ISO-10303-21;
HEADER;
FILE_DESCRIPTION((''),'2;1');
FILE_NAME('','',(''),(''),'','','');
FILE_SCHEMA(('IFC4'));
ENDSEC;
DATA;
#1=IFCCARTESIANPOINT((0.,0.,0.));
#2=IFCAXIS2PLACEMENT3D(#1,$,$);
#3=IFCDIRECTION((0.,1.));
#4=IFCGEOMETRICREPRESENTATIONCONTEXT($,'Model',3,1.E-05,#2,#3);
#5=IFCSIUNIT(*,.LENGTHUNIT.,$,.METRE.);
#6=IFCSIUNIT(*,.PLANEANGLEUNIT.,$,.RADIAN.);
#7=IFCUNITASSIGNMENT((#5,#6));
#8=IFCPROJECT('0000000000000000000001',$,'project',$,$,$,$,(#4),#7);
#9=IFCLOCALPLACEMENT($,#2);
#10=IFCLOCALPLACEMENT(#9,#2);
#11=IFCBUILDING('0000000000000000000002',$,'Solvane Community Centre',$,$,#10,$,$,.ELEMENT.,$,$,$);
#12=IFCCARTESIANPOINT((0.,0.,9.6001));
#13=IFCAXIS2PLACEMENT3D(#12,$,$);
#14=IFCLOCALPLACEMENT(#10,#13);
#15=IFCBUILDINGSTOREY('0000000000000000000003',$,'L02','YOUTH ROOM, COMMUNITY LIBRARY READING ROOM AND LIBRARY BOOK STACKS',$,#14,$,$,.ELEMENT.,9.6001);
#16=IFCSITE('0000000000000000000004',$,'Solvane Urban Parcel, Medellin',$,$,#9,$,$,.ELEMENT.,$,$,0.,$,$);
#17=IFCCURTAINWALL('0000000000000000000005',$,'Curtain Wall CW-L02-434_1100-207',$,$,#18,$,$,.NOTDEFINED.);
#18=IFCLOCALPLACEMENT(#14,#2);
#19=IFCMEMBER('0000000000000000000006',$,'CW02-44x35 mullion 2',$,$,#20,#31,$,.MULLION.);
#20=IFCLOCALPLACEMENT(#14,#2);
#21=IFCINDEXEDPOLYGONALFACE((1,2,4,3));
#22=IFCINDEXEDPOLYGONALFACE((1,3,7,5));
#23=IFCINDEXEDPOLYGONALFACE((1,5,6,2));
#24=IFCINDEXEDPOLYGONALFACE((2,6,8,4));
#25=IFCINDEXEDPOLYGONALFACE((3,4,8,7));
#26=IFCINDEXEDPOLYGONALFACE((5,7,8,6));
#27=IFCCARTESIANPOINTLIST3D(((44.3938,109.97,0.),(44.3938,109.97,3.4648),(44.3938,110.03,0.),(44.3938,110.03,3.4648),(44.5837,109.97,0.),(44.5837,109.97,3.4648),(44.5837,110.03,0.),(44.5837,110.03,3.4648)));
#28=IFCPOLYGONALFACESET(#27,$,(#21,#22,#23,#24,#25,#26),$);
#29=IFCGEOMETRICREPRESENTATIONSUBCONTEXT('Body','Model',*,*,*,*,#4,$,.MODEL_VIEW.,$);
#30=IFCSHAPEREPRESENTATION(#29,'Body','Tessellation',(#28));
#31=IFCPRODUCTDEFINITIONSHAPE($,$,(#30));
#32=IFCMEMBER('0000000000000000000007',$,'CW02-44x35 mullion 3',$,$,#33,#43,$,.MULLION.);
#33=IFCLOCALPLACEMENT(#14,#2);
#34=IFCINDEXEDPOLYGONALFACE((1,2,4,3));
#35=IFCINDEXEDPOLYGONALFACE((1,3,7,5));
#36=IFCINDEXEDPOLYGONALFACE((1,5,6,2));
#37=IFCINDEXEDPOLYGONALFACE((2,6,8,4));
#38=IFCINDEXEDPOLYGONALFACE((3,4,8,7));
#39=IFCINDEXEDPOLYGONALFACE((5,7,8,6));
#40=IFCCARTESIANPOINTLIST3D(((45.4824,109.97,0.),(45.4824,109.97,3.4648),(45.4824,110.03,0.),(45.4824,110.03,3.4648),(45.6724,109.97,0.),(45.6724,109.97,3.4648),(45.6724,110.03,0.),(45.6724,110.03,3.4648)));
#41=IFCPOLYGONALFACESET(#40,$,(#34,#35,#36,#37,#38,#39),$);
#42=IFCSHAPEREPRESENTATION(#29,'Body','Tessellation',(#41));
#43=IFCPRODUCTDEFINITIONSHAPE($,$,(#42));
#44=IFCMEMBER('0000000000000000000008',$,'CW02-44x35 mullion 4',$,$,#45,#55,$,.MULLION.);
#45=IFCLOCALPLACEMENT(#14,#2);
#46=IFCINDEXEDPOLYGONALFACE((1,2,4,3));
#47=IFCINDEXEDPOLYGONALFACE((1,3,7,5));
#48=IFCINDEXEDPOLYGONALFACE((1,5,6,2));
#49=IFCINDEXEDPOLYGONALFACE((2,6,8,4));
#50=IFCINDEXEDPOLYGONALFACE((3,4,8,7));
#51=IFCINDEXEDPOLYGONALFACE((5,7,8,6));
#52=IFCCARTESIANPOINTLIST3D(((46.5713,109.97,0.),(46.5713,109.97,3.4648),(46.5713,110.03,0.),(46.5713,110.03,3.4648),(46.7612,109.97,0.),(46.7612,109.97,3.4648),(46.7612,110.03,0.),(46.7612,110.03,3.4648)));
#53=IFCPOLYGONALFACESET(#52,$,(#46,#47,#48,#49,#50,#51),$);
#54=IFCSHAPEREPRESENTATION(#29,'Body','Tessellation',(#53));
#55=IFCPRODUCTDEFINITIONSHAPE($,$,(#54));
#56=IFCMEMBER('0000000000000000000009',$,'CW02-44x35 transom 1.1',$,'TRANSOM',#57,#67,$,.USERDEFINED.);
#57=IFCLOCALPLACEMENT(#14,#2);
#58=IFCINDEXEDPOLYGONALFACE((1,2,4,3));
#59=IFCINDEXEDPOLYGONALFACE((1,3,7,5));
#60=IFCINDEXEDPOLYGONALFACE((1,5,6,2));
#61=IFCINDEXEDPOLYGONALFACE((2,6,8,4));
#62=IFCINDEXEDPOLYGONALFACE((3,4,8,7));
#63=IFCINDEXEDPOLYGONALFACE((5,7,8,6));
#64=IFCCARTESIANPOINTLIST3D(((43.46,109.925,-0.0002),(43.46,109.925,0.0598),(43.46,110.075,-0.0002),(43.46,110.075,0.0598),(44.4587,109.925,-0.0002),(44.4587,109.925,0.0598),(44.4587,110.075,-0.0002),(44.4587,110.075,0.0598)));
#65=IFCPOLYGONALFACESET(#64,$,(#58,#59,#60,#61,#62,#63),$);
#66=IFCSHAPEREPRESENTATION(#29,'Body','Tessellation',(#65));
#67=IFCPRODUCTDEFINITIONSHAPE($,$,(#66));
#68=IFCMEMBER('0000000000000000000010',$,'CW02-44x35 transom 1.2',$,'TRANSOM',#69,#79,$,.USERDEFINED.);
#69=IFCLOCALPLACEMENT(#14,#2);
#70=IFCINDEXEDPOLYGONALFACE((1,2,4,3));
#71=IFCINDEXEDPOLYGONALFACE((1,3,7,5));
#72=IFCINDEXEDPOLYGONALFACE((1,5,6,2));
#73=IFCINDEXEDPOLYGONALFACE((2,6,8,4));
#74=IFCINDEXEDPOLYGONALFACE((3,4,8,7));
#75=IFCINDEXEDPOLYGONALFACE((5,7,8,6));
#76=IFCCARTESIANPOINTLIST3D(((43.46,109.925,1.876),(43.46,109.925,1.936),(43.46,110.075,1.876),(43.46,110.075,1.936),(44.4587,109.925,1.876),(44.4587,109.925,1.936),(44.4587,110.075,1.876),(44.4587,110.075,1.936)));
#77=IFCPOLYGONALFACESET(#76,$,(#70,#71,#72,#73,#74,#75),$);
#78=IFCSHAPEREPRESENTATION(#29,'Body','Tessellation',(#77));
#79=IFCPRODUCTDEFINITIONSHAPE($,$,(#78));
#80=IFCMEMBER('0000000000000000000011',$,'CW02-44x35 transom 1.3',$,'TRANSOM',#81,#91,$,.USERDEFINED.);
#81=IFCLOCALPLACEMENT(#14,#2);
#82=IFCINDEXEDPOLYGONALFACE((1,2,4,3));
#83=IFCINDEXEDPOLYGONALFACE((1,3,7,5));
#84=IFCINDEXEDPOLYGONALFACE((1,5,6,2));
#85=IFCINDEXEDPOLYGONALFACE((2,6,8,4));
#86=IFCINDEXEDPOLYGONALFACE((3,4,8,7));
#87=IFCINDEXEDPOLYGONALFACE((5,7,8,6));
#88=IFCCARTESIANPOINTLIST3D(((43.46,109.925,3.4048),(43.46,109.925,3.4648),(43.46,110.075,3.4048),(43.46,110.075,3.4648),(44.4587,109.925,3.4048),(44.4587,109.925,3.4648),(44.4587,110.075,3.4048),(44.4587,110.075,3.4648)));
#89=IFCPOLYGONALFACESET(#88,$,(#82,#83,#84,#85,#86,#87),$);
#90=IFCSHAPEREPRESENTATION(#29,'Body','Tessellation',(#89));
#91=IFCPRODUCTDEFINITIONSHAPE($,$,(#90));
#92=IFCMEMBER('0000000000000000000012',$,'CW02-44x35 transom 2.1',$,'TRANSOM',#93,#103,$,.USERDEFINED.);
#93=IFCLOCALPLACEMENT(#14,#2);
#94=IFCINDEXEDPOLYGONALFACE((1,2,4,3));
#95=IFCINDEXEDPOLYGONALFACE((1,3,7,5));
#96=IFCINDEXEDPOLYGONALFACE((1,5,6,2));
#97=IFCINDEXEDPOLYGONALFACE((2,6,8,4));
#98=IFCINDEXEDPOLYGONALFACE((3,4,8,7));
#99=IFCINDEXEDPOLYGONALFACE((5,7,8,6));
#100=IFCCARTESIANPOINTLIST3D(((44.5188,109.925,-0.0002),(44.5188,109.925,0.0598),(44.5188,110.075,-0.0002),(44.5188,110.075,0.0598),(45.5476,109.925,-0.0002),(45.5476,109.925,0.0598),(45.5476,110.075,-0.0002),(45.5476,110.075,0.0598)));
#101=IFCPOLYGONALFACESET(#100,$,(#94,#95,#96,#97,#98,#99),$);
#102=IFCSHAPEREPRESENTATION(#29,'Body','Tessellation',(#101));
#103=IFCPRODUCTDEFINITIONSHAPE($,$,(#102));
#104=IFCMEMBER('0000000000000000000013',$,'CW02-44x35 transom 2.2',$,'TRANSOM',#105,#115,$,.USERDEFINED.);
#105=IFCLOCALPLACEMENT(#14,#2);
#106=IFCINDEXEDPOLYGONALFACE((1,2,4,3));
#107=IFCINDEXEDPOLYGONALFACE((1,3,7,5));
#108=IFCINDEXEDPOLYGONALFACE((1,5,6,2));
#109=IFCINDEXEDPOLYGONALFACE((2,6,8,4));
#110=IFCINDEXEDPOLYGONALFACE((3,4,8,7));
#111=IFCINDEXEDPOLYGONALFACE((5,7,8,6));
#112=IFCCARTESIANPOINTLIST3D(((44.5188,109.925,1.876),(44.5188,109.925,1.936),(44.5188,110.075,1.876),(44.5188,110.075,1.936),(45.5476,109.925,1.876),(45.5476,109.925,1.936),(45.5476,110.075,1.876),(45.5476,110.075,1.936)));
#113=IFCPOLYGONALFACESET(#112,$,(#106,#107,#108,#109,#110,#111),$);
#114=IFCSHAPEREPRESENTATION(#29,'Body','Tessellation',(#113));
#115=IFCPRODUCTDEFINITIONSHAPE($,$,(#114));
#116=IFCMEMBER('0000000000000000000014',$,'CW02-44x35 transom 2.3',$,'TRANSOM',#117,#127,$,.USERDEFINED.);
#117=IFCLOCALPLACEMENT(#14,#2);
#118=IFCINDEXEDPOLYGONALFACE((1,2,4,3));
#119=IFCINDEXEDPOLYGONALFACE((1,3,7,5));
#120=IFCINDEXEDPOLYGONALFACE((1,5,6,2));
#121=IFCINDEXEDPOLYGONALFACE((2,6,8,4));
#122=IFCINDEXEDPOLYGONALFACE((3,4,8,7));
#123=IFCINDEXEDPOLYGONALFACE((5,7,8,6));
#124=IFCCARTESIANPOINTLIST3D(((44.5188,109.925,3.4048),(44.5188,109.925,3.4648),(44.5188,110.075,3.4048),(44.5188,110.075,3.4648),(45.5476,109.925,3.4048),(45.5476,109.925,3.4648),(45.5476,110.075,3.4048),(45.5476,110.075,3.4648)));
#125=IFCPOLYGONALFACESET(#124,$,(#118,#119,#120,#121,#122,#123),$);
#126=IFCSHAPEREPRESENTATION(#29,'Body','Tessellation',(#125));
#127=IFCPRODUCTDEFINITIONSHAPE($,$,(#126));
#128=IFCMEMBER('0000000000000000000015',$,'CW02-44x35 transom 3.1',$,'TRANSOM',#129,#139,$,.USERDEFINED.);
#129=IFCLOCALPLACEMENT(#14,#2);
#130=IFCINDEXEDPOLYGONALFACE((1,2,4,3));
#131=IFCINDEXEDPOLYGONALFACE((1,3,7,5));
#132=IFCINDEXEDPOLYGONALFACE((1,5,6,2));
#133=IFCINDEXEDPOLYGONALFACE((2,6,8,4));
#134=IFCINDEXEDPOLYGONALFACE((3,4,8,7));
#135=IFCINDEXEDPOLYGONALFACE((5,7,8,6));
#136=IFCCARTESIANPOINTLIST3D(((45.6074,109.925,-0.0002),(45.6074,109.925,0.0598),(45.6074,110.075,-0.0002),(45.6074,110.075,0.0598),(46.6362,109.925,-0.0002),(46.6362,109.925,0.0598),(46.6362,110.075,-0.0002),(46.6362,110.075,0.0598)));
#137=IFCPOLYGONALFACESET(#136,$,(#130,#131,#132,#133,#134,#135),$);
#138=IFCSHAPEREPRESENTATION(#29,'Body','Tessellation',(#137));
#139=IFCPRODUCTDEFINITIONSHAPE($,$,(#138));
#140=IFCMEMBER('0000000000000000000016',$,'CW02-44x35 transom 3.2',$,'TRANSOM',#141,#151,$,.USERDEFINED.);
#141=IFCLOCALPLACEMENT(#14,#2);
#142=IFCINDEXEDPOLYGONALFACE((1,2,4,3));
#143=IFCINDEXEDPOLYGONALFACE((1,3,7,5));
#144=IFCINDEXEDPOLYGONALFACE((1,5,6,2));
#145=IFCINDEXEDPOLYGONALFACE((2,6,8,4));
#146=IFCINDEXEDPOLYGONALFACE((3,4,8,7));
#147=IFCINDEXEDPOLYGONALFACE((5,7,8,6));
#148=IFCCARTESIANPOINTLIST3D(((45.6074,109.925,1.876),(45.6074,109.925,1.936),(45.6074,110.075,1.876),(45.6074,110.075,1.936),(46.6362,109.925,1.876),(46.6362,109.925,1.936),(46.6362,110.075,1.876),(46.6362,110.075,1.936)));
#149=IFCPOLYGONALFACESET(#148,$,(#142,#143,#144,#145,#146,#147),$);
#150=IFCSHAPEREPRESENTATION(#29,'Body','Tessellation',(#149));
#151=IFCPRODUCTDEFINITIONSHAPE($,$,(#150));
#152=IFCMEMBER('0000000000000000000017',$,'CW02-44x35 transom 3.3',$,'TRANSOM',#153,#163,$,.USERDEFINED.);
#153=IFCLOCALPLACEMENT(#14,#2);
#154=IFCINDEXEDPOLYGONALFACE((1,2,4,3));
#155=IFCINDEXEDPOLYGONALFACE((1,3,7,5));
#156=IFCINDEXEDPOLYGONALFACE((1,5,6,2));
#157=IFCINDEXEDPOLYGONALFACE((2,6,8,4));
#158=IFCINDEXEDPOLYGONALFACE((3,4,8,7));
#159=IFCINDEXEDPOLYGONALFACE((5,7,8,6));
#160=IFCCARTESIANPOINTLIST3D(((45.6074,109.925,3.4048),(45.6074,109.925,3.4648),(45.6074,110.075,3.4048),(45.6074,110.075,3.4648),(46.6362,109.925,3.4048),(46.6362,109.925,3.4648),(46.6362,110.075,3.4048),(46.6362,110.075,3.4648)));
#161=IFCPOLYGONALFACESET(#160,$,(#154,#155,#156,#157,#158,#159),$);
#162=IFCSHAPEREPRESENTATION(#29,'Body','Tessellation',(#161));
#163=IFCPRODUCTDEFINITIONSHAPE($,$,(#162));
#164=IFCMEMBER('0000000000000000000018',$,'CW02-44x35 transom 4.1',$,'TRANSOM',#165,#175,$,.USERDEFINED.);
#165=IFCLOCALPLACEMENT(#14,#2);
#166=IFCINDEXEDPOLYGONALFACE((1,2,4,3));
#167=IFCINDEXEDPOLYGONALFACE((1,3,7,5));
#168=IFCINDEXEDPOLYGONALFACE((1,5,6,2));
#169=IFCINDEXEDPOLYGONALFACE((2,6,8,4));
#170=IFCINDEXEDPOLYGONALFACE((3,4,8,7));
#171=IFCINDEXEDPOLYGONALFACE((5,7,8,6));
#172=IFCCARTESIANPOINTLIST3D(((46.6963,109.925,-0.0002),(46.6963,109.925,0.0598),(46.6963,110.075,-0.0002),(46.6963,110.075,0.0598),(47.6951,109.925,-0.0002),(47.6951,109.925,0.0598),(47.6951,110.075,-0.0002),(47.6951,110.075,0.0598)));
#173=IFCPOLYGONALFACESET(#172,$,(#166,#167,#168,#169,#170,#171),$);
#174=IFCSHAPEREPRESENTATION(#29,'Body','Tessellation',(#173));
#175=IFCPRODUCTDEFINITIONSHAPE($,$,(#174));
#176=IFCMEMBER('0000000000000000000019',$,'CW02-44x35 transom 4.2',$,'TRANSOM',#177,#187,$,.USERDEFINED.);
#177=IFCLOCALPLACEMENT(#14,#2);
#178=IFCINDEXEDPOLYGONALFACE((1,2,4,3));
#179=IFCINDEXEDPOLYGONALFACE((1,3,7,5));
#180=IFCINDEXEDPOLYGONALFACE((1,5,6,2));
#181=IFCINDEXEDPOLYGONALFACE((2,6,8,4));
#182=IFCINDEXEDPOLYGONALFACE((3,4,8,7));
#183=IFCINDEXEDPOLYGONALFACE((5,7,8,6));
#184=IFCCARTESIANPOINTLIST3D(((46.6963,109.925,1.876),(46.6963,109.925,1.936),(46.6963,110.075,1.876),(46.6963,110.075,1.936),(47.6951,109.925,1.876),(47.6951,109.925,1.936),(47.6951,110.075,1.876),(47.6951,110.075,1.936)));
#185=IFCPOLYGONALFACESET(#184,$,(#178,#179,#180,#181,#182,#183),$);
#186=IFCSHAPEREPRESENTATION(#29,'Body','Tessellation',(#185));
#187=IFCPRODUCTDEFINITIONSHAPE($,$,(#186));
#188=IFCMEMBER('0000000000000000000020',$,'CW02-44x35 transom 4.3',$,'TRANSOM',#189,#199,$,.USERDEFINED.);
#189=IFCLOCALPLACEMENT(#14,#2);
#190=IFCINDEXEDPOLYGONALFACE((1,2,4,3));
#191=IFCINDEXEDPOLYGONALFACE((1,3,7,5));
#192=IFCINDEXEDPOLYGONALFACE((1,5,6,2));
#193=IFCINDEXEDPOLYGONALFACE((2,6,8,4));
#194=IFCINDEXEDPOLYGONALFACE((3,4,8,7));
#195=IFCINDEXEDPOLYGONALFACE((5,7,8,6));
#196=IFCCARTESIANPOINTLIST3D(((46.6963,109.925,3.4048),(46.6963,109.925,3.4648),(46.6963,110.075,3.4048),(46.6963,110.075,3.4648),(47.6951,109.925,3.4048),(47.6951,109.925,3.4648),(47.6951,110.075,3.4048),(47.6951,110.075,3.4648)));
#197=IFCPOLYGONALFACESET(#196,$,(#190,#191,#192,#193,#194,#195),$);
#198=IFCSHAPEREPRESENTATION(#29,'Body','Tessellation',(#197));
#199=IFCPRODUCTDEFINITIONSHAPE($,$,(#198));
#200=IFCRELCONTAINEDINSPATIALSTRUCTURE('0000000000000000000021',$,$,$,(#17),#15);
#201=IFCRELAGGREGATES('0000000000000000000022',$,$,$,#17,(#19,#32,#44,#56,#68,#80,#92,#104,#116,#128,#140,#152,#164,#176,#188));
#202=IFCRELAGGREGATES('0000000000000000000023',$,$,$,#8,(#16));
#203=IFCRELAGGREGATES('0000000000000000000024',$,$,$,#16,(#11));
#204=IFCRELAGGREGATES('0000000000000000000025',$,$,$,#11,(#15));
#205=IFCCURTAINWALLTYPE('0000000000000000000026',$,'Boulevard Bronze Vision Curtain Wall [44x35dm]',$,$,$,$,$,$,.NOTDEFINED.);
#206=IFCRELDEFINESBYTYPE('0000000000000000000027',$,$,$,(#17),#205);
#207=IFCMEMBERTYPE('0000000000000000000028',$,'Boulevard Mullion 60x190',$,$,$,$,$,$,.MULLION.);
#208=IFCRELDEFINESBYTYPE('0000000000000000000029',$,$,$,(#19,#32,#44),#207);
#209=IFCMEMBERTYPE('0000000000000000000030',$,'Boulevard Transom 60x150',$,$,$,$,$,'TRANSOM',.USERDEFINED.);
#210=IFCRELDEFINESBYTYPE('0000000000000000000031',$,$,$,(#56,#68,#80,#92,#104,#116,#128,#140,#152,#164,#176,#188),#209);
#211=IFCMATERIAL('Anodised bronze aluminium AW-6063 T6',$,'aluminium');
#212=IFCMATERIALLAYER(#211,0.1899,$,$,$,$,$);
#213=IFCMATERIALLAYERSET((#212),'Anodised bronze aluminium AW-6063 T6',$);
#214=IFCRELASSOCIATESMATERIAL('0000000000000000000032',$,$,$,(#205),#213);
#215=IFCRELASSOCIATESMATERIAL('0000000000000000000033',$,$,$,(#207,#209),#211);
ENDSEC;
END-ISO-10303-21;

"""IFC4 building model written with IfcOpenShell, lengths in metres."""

from ifc_helpers import new_model, si_unit, direction, frame, origin, origin_2d, place, context, subcontext, project, spatial, rectangle, extrude, material, layer, layer_set, material_profile, profile_set, type_object, element, aggregate, save


model = new_model("IFC4")

# Units and contexts
model_context = context("Model", 3, precision=1e-05, world=origin(), true_north=direction((0.0, 1.0)))
body_context = subcontext(model_context, "Body", "Model", "MODEL_VIEW")
ifc_project = project(units=[si_unit("LENGTHUNIT", "METRE"), si_unit("PLANEANGLEUNIT", "RADIAN")], contexts=[model_context])

# Site, building, storey
site_placement = place(None, origin())
site = spatial("IfcSite", under=ifc_project, at=site_placement, Name="Solvane Urban Parcel, Medellin", CompositionType="ELEMENT", RefElevation=0.0)
building_placement = place(site_placement, origin())
building = spatial("IfcBuilding", under=site, at=building_placement, Name="Solvane Community Centre", CompositionType="ELEMENT")
storey_placement = place(building_placement, frame((0.0, 0.0, 9.6001)))
storey = spatial("IfcBuildingStorey", under=building, at=storey_placement, Name="L02", Description="YOUTH ROOM, COMMUNITY LIBRARY READING ROOM AND LIBRARY BOOK STACKS", CompositionType="ELEMENT", Elevation=9.6001)

# Curtain wall, members
ifc_material_1 = material(Name="Anodised bronze aluminium AW-6063 T6", Category="aluminium")
ifc_layer_1 = layer(ifc_material_1, 0.1899)
ifc_layer_set_1 = layer_set([ifc_layer_1], Name="Anodised bronze aluminium AW-6063 T6")
curtain_wall_type = type_object("IfcCurtainWallType", Name="Boulevard Bronze Vision Curtain Wall [44x35dm]", PredefinedType="NOTDEFINED", material=ifc_layer_set_1)
curtain_wall_placement = place(storey_placement, origin())
curtain_wall = element("IfcCurtainWall", 1, at=curtain_wall_placement, inside=storey, type_object=curtain_wall_type, Name="Curtain Wall CW-L02-434_1100-207", PredefinedType="NOTDEFINED")
ifc_material_profile_1 = material_profile(ifc_material_1, rectangle(XDim=0.0601, YDim=0.1899, at=origin_2d()), Name="CW-M 60x190")
ifc_profile_set_1 = profile_set([ifc_material_profile_1], Name="Anodised bronze aluminium AW-6063 T6")
member_type_1 = type_object("IfcMemberType", Name="Boulevard Mullion 60x190", PredefinedType="MULLION", material=ifc_profile_set_1)
member_1_placement = place(storey_placement, frame((44.4888, 110.0, 0.0), z_axis=(0.0, 0.0, 1.0), x_axis=(0.0, 1.0, 0.0)))
member_1 = element("IfcMember", 2, at=member_1_placement, type_object=member_type_1, Name="CW02-44x35 mullion 2", PredefinedType="MULLION", context=body_context, shape_type="SweptSolid", body=[
    extrude(rectangle(XDim=0.0601, YDim=0.1899, at=origin_2d()), origin(), (0.0, 0.0, 1.0), 3.4648),
])
member_2_placement = place(storey_placement, frame((45.5774, 110.0, 0.0), z_axis=(0.0, 0.0, 1.0), x_axis=(0.0, 1.0, 0.0)))
member_2 = element("IfcMember", 3, at=member_2_placement, type_object=member_type_1, Name="CW02-44x35 mullion 3", PredefinedType="MULLION", context=body_context, shape_type="SweptSolid", body=[
    extrude(rectangle(XDim=0.0601, YDim=0.1899, at=origin_2d()), origin(), (0.0, 0.0, 1.0), 3.4648),
])
member_3_placement = place(storey_placement, frame((46.6663, 110.0, 0.0), z_axis=(0.0, 0.0, 1.0), x_axis=(0.0, 1.0, 0.0)))
member_3 = element("IfcMember", 4, at=member_3_placement, type_object=member_type_1, Name="CW02-44x35 mullion 4", PredefinedType="MULLION", context=body_context, shape_type="SweptSolid", body=[
    extrude(rectangle(XDim=0.0601, YDim=0.1899, at=origin_2d()), origin(), (0.0, 0.0, 1.0), 3.4648),
])
ifc_material_profile_2 = material_profile(ifc_material_1, rectangle(XDim=0.1499, YDim=0.0601, at=origin_2d()), Name="CW-T 60x150")
ifc_profile_set_2 = profile_set([ifc_material_profile_2], Name="Anodised bronze aluminium AW-6063 T6")
member_type_2 = type_object("IfcMemberType", Name="Boulevard Transom 60x150", ElementType="TRANSOM", PredefinedType="USERDEFINED", material=ifc_profile_set_2)
member_4_placement = place(storey_placement, frame((43.46, 110.0, 0.0298), z_axis=(1.0, 0.0, 0.0), x_axis=(0.0, 1.0, 0.0)))
member_4 = element("IfcMember", 5, at=member_4_placement, type_object=member_type_2, Name="CW02-44x35 transom 1.1", ObjectType="TRANSOM", PredefinedType="USERDEFINED", context=body_context, shape_type="SweptSolid", body=[
    extrude(rectangle(XDim=0.1499, YDim=0.0601, at=origin_2d()), origin(), (0.0, 0.0, 1.0), 0.9988),
])
member_5_placement = place(storey_placement, frame((43.46, 110.0, 1.906), z_axis=(1.0, 0.0, 0.0), x_axis=(0.0, 1.0, 0.0)))
member_5 = element("IfcMember", 6, at=member_5_placement, type_object=member_type_2, Name="CW02-44x35 transom 1.2", ObjectType="TRANSOM", PredefinedType="USERDEFINED", context=body_context, shape_type="SweptSolid", body=[
    extrude(rectangle(XDim=0.1499, YDim=0.0601, at=origin_2d()), origin(), (0.0, 0.0, 1.0), 0.9988),
])
member_6_placement = place(storey_placement, frame((43.46, 110.0, 3.4348), z_axis=(1.0, 0.0, 0.0), x_axis=(0.0, 1.0, 0.0)))
member_6 = element("IfcMember", 7, at=member_6_placement, type_object=member_type_2, Name="CW02-44x35 transom 1.3", ObjectType="TRANSOM", PredefinedType="USERDEFINED", context=body_context, shape_type="SweptSolid", body=[
    extrude(rectangle(XDim=0.1499, YDim=0.0601, at=origin_2d()), origin(), (0.0, 0.0, 1.0), 0.9988),
])
member_7_placement = place(storey_placement, frame((44.5188, 110.0, 0.0298), z_axis=(1.0, 0.0, 0.0), x_axis=(0.0, 1.0, 0.0)))
member_7 = element("IfcMember", 8, at=member_7_placement, type_object=member_type_2, Name="CW02-44x35 transom 2.1", ObjectType="TRANSOM", PredefinedType="USERDEFINED", context=body_context, shape_type="SweptSolid", body=[
    extrude(rectangle(XDim=0.1499, YDim=0.0601, at=origin_2d()), origin(), (0.0, 0.0, 1.0), 1.0288),
])
member_8_placement = place(storey_placement, frame((44.5188, 110.0, 1.906), z_axis=(1.0, 0.0, 0.0), x_axis=(0.0, 1.0, 0.0)))
member_8 = element("IfcMember", 9, at=member_8_placement, type_object=member_type_2, Name="CW02-44x35 transom 2.2", ObjectType="TRANSOM", PredefinedType="USERDEFINED", context=body_context, shape_type="SweptSolid", body=[
    extrude(rectangle(XDim=0.1499, YDim=0.0601, at=origin_2d()), origin(), (0.0, 0.0, 1.0), 1.0288),
])
member_9_placement = place(storey_placement, frame((44.5188, 110.0, 3.4348), z_axis=(1.0, 0.0, 0.0), x_axis=(0.0, 1.0, 0.0)))
member_9 = element("IfcMember", 10, at=member_9_placement, type_object=member_type_2, Name="CW02-44x35 transom 2.3", ObjectType="TRANSOM", PredefinedType="USERDEFINED", context=body_context, shape_type="SweptSolid", body=[
    extrude(rectangle(XDim=0.1499, YDim=0.0601, at=origin_2d()), origin(), (0.0, 0.0, 1.0), 1.0288),
])
member_10_placement = place(storey_placement, frame((45.6074, 110.0, 0.0298), z_axis=(1.0, 0.0, 0.0), x_axis=(0.0, 1.0, 0.0)))
member_10 = element("IfcMember", 11, at=member_10_placement, type_object=member_type_2, Name="CW02-44x35 transom 3.1", ObjectType="TRANSOM", PredefinedType="USERDEFINED", context=body_context, shape_type="SweptSolid", body=[
    extrude(rectangle(XDim=0.1499, YDim=0.0601, at=origin_2d()), origin(), (0.0, 0.0, 1.0), 1.0288),
])
member_11_placement = place(storey_placement, frame((45.6074, 110.0, 1.906), z_axis=(1.0, 0.0, 0.0), x_axis=(0.0, 1.0, 0.0)))
member_11 = element("IfcMember", 12, at=member_11_placement, type_object=member_type_2, Name="CW02-44x35 transom 3.2", ObjectType="TRANSOM", PredefinedType="USERDEFINED", context=body_context, shape_type="SweptSolid", body=[
    extrude(rectangle(XDim=0.1499, YDim=0.0601, at=origin_2d()), origin(), (0.0, 0.0, 1.0), 1.0288),
])
member_12_placement = place(storey_placement, frame((45.6074, 110.0, 3.4348), z_axis=(1.0, 0.0, 0.0), x_axis=(0.0, 1.0, 0.0)))
member_12 = element("IfcMember", 13, at=member_12_placement, type_object=member_type_2, Name="CW02-44x35 transom 3.3", ObjectType="TRANSOM", PredefinedType="USERDEFINED", context=body_context, shape_type="SweptSolid", body=[
    extrude(rectangle(XDim=0.1499, YDim=0.0601, at=origin_2d()), origin(), (0.0, 0.0, 1.0), 1.0288),
])
member_13_placement = place(storey_placement, frame((46.6963, 110.0, 0.0298), z_axis=(1.0, 0.0, 0.0), x_axis=(0.0, 1.0, 0.0)))
member_13 = element("IfcMember", 14, at=member_13_placement, type_object=member_type_2, Name="CW02-44x35 transom 4.1", ObjectType="TRANSOM", PredefinedType="USERDEFINED", context=body_context, shape_type="SweptSolid", body=[
    extrude(rectangle(XDim=0.1499, YDim=0.0601, at=origin_2d()), origin(), (0.0, 0.0, 1.0), 0.9988),
])
member_14_placement = place(storey_placement, frame((46.6963, 110.0, 1.906), z_axis=(1.0, 0.0, 0.0), x_axis=(0.0, 1.0, 0.0)))
member_14 = element("IfcMember", 15, at=member_14_placement, type_object=member_type_2, Name="CW02-44x35 transom 4.2", ObjectType="TRANSOM", PredefinedType="USERDEFINED", context=body_context, shape_type="SweptSolid", body=[
    extrude(rectangle(XDim=0.1499, YDim=0.0601, at=origin_2d()), origin(), (0.0, 0.0, 1.0), 0.9988),
])
member_15_placement = place(storey_placement, frame((46.6963, 110.0, 3.4348), z_axis=(1.0, 0.0, 0.0), x_axis=(0.0, 1.0, 0.0)))
member_15 = element("IfcMember", 16, at=member_15_placement, type_object=member_type_2, Name="CW02-44x35 transom 4.3", ObjectType="TRANSOM", PredefinedType="USERDEFINED", context=body_context, shape_type="SweptSolid", body=[
    extrude(rectangle(XDim=0.1499, YDim=0.0601, at=origin_2d()), origin(), (0.0, 0.0, 1.0), 0.9988),
])
aggregate(curtain_wall, [member_1, member_2, member_3, member_4, member_5, member_6, member_7, member_8, member_9, member_10, member_11, member_12, member_13, member_14, member_15])

save(model, "model.ifc")
